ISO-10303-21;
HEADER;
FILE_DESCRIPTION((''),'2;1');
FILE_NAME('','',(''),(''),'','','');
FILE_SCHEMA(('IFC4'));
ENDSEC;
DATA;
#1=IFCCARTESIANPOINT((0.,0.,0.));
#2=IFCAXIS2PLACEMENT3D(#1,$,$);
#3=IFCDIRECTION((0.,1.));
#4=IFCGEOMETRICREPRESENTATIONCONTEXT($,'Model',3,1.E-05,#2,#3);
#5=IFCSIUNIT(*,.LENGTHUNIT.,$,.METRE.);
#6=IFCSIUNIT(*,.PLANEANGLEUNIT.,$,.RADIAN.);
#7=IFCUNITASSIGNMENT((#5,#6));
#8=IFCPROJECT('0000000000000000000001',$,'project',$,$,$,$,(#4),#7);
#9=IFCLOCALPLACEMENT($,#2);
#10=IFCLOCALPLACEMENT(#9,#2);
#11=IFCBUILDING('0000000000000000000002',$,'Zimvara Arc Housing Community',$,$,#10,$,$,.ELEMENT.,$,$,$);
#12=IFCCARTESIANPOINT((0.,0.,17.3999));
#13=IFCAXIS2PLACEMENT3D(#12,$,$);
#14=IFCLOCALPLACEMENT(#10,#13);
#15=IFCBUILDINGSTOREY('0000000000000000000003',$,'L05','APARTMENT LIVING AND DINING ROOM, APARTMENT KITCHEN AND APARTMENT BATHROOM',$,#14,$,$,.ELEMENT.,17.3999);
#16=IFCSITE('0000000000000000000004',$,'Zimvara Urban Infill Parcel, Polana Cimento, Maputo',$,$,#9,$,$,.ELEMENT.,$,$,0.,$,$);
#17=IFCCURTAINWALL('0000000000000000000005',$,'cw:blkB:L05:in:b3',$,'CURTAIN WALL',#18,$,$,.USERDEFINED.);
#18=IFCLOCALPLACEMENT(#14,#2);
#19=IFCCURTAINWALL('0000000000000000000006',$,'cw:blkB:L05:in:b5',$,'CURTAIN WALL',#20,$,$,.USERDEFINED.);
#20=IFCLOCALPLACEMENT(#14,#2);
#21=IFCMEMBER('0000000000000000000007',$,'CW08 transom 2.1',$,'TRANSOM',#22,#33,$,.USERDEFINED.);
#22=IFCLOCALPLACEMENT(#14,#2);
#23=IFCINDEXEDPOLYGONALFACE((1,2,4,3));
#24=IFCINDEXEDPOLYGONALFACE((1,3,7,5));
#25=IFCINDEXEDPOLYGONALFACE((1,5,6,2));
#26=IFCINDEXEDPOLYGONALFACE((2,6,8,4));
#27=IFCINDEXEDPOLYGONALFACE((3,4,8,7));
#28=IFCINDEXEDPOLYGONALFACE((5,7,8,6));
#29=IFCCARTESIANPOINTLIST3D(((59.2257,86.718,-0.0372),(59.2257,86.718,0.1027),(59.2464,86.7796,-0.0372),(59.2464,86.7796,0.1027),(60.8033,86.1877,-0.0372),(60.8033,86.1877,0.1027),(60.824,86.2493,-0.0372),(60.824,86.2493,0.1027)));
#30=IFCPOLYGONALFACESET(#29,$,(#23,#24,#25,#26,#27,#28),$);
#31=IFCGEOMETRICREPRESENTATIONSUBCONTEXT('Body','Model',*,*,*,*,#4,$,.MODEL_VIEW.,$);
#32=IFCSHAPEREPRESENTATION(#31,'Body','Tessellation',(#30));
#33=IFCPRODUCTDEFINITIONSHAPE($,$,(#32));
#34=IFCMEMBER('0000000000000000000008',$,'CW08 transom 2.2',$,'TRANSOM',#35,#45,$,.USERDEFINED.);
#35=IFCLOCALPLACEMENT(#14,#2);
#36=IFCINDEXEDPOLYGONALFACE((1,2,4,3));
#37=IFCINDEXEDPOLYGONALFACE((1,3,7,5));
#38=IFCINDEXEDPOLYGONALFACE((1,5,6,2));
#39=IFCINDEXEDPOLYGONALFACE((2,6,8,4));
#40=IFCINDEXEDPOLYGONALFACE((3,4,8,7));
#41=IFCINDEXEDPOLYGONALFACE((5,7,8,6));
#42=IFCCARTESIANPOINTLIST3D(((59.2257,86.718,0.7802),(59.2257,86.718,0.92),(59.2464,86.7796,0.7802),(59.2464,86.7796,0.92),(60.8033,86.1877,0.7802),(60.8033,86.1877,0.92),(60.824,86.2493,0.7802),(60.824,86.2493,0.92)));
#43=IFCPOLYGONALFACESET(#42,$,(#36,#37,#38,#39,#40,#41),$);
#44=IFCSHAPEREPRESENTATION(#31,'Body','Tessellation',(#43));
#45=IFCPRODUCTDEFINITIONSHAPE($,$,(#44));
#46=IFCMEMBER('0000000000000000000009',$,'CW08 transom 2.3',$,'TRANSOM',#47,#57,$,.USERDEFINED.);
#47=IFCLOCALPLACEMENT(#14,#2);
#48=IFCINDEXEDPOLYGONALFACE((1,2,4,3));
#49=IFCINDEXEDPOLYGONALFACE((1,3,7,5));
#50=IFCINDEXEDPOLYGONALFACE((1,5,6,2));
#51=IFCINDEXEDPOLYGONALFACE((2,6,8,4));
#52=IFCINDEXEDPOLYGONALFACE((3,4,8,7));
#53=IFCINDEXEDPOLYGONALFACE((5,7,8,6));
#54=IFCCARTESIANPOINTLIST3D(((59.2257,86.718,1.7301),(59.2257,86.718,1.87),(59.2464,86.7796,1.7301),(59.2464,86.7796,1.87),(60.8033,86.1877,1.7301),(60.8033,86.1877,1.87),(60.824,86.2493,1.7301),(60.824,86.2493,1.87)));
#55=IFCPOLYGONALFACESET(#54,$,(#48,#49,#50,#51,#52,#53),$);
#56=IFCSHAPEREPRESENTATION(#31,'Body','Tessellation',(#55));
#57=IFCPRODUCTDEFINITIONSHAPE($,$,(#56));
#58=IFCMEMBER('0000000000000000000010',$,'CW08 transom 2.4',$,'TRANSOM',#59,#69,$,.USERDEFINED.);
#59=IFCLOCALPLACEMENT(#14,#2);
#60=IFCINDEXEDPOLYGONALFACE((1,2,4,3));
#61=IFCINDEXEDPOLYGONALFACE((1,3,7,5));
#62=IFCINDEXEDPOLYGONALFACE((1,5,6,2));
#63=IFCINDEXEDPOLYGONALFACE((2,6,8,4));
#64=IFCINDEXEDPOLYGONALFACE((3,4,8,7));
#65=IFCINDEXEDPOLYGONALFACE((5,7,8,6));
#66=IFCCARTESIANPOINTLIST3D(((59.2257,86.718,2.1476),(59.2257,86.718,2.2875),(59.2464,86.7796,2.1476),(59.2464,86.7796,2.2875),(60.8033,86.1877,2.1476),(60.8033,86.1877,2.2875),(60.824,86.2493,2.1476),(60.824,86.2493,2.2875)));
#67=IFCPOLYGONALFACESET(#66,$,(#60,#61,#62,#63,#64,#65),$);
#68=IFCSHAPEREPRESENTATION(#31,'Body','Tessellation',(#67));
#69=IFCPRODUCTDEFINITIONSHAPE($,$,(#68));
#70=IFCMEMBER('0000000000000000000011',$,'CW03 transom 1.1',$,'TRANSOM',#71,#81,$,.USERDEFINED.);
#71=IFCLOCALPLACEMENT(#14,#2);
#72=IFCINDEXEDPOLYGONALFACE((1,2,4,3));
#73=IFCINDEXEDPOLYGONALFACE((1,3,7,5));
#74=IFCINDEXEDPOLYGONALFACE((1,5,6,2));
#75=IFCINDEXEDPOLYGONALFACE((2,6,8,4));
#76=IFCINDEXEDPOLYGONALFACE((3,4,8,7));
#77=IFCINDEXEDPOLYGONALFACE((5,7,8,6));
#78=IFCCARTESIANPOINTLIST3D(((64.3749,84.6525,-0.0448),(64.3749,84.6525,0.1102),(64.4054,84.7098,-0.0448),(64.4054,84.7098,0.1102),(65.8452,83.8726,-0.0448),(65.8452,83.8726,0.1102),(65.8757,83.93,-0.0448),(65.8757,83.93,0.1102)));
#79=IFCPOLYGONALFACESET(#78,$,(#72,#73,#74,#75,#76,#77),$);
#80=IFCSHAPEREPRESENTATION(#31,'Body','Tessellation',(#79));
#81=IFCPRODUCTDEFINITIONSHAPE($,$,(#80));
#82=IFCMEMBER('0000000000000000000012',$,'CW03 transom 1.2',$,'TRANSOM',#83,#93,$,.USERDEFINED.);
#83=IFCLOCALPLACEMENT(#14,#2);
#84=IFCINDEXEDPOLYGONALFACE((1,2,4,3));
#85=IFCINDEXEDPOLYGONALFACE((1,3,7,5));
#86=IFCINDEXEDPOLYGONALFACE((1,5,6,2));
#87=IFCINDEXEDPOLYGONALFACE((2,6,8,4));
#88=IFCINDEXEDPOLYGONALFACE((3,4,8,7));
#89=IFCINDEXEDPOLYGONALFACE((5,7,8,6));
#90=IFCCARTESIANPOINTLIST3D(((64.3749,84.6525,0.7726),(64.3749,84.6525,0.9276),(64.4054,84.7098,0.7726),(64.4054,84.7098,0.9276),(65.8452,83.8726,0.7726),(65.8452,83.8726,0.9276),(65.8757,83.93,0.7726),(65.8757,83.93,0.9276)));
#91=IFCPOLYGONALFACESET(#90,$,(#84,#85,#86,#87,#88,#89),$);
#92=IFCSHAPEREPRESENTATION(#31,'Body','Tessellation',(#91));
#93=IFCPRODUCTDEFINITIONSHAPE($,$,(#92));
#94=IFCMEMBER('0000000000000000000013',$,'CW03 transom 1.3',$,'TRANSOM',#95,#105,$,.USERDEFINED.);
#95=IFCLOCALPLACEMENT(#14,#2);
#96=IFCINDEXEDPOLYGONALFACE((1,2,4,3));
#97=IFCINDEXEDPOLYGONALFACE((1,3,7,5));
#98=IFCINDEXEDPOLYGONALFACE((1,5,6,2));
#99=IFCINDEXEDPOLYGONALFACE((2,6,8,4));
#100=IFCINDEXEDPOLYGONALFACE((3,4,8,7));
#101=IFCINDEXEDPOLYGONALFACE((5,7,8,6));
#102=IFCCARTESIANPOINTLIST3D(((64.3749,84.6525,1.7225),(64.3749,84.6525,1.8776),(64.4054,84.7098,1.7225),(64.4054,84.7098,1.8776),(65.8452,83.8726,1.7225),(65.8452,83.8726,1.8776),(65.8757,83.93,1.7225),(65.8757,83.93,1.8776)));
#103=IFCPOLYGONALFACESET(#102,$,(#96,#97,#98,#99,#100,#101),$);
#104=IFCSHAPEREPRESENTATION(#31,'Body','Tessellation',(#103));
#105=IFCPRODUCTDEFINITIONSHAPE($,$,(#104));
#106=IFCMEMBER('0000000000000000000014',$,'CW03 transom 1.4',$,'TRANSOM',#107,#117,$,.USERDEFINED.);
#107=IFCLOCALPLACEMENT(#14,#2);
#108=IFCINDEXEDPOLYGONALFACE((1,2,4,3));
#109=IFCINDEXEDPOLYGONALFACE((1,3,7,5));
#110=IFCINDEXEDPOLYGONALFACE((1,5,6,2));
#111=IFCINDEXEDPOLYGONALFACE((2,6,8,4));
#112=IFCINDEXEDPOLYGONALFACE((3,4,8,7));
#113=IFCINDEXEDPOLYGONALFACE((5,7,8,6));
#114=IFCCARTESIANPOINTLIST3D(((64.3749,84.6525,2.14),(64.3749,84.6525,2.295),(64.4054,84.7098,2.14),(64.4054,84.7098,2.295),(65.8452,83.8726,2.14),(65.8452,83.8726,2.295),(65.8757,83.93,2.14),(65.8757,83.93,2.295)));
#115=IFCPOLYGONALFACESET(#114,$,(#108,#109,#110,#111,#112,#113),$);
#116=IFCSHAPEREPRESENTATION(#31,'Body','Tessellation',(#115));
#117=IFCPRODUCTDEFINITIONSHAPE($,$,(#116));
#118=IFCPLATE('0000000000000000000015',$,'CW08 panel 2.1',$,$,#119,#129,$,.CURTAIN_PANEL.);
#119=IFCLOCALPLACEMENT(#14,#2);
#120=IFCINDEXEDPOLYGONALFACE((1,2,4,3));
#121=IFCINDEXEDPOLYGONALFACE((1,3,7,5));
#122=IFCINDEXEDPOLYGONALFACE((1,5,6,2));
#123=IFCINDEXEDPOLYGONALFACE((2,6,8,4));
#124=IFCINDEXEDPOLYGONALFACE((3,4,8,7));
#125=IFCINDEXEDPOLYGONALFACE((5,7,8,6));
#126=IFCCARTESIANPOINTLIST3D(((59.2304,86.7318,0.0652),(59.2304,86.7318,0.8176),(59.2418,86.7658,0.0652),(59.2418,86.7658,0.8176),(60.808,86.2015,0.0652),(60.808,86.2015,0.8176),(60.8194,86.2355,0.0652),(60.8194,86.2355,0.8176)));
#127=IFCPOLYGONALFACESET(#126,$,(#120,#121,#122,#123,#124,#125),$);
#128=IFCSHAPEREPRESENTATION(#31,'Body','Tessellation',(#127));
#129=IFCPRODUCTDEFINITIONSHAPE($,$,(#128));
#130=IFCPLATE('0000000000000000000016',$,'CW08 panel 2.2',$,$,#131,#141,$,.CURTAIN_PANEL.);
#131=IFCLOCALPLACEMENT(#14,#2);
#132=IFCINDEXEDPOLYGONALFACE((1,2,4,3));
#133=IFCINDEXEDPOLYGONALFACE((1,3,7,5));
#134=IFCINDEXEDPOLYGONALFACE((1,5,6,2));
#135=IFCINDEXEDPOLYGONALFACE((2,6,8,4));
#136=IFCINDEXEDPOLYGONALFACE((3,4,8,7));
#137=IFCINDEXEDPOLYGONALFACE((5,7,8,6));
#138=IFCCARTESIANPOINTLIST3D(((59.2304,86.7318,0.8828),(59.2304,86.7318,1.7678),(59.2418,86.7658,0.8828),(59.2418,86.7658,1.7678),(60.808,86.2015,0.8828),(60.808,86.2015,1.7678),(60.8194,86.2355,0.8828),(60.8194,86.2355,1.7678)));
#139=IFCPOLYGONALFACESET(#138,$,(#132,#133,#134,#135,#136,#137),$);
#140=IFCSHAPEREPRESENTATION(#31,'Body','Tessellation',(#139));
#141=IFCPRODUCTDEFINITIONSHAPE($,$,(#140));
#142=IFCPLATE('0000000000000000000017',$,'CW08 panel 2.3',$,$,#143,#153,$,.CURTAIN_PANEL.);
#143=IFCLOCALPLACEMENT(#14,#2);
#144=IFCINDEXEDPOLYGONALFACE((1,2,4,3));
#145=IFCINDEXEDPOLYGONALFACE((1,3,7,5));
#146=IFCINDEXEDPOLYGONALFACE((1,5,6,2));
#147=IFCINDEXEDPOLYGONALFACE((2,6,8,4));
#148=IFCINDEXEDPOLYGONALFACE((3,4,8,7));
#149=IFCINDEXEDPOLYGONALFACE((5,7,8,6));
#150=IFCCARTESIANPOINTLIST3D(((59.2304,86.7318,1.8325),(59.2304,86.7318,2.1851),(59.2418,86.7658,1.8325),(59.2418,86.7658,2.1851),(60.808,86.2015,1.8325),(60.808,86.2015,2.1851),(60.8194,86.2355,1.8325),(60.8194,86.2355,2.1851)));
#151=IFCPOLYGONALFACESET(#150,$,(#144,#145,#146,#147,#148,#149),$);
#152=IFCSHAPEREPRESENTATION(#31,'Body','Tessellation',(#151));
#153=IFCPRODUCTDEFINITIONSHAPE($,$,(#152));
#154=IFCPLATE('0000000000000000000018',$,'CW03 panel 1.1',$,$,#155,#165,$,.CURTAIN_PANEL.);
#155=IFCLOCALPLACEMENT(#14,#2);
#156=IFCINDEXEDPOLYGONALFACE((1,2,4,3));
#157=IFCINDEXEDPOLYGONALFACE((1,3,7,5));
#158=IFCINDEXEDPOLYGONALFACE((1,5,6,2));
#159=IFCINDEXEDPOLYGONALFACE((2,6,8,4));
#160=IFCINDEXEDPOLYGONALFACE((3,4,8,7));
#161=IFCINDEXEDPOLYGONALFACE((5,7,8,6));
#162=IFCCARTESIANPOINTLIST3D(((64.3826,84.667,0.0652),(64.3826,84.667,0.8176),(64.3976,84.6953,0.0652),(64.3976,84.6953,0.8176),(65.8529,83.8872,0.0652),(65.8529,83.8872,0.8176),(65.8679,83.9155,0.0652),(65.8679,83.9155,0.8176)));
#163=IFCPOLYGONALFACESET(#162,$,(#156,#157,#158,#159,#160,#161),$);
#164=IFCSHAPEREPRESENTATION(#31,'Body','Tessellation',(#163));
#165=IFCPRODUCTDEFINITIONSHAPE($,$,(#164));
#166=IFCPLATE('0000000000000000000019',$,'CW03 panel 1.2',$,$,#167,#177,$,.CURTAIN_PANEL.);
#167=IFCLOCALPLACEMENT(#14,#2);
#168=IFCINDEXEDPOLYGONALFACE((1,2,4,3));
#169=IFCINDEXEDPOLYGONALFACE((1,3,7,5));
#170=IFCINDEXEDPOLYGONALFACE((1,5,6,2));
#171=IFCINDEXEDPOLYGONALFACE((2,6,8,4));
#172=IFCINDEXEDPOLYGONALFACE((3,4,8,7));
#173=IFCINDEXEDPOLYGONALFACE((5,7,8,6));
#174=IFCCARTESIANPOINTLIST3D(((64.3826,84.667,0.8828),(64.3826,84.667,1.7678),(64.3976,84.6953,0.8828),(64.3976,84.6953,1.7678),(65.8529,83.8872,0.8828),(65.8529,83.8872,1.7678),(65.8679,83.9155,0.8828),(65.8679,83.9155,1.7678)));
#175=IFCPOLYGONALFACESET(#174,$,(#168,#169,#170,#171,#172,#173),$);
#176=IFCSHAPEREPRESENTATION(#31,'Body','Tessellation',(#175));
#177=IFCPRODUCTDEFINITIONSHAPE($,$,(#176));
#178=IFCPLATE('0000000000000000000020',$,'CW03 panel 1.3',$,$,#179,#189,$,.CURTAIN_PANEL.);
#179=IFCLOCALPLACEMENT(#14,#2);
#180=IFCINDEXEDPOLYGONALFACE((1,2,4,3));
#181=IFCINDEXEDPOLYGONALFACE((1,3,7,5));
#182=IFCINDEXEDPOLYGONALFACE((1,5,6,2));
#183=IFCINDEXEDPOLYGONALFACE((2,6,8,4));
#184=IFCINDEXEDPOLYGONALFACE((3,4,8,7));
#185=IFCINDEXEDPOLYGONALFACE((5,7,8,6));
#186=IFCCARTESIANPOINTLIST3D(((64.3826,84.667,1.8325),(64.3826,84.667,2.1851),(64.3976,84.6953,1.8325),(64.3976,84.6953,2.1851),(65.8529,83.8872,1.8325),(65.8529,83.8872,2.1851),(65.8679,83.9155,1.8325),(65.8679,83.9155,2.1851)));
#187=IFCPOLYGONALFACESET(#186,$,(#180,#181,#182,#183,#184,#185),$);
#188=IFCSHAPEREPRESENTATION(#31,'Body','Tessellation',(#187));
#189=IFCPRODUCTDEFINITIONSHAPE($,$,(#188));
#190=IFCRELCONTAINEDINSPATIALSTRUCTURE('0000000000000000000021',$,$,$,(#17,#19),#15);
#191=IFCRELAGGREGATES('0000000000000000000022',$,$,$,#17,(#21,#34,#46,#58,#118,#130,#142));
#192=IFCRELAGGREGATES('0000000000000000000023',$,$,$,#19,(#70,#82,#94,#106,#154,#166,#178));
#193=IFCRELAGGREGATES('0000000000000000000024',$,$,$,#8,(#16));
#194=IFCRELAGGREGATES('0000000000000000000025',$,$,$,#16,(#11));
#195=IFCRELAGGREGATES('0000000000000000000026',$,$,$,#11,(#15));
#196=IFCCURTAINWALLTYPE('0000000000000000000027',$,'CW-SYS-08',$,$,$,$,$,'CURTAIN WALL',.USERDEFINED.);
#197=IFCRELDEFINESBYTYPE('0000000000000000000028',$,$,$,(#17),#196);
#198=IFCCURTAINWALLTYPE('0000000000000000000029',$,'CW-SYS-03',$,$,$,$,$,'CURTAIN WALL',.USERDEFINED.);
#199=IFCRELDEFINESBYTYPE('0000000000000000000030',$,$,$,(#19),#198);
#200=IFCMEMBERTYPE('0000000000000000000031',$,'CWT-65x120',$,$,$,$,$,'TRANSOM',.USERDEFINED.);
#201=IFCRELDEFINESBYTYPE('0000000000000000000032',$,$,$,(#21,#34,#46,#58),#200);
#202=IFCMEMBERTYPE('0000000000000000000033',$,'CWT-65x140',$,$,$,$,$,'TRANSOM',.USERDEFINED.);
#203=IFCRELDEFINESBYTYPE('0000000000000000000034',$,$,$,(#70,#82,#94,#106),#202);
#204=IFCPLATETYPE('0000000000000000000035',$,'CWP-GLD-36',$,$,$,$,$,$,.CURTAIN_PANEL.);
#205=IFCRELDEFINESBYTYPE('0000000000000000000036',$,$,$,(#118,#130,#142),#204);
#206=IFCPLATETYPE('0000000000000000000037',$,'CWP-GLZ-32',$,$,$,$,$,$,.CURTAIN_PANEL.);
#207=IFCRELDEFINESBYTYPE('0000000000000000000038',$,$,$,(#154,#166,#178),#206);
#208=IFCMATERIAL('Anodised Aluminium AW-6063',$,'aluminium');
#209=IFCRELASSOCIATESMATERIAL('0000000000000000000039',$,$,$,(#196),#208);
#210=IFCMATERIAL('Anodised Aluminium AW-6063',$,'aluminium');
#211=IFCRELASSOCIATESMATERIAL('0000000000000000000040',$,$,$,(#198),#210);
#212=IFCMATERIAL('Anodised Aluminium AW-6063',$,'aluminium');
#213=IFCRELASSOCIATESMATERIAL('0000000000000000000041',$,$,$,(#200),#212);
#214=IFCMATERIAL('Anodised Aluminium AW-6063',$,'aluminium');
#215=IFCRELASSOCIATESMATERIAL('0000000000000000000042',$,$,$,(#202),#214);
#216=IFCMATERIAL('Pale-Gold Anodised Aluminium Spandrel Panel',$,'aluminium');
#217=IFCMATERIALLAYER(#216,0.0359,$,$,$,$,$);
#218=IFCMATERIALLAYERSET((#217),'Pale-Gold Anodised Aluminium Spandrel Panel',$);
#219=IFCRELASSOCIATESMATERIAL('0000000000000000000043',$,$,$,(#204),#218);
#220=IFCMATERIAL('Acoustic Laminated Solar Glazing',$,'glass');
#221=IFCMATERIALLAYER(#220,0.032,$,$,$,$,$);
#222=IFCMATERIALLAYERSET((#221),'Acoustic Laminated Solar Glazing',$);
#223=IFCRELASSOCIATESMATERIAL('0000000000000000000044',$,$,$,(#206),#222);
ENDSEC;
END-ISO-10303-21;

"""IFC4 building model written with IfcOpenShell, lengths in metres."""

from ifc_helpers import new_model, si_unit, direction, frame, origin, origin_2d, place, context, subcontext, project, spatial, rectangle, extrude, material, layer, layer_set, material_profile, profile_set, type_object, element, aggregate, save


model = new_model("IFC4")

# Units and contexts
model_context = context("Model", 3, precision=1e-05, world=origin(), true_north=direction((0.0, 1.0)))
body_context = subcontext(model_context, "Body", "Model", "MODEL_VIEW")
ifc_project = project(units=[si_unit("LENGTHUNIT", "METRE"), si_unit("PLANEANGLEUNIT", "RADIAN")], contexts=[model_context])

# Site, building, storey
site_placement = place(None, origin())
site = spatial("IfcSite", under=ifc_project, at=site_placement, Name="Zimvara Urban Infill Parcel, Polana Cimento, Maputo", CompositionType="ELEMENT", RefElevation=0.0)
building_placement = place(site_placement, origin())
building = spatial("IfcBuilding", under=site, at=building_placement, Name="Zimvara Arc Housing Community", CompositionType="ELEMENT")
storey_placement = place(building_placement, frame((0.0, 0.0, 17.3999)))
storey = spatial("IfcBuildingStorey", under=building, at=storey_placement, Name="L05", Description="APARTMENT LIVING AND DINING ROOM, APARTMENT KITCHEN AND APARTMENT BATHROOM", CompositionType="ELEMENT", Elevation=17.3999)

# Curtain wall
ifc_material_1 = material(Name="Anodised Aluminium AW-6063", Category="aluminium")
curtain_wall_type_1 = type_object("IfcCurtainWallType", Name="CW-SYS-08", ElementType="CURTAIN WALL", PredefinedType="USERDEFINED", material=ifc_material_1)
curtain_wall_1_placement = place(storey_placement, origin())
curtain_wall_1 = element("IfcCurtainWall", 1, at=curtain_wall_1_placement, inside=storey, type_object=curtain_wall_type_1, Name="cw:blkB:L05:in:b3", ObjectType="CURTAIN WALL", PredefinedType="USERDEFINED")

# Curtain wall
ifc_material_2 = material(Name="Anodised Aluminium AW-6063", Category="aluminium")
curtain_wall_type_2 = type_object("IfcCurtainWallType", Name="CW-SYS-03", ElementType="CURTAIN WALL", PredefinedType="USERDEFINED", material=ifc_material_2)
curtain_wall_2_placement = place(storey_placement, origin())
curtain_wall_2 = element("IfcCurtainWall", 2, at=curtain_wall_2_placement, inside=storey, type_object=curtain_wall_type_2, Name="cw:blkB:L05:in:b5", ObjectType="CURTAIN WALL", PredefinedType="USERDEFINED")

# Members
ifc_material_3 = material(Name="Anodised Aluminium AW-6063", Category="aluminium")
ifc_material_profile_1 = material_profile(ifc_material_3, rectangle(XDim=0.0649, YDim=0.1399, at=origin_2d()), Name="ALU 65x140")
ifc_profile_set_1 = profile_set([ifc_material_profile_1], Name="Anodised Aluminium AW-6063")
member_type_1 = type_object("IfcMemberType", Name="CWT-65x120", ElementType="TRANSOM", PredefinedType="USERDEFINED", material=ifc_profile_set_1)
member_1_placement = place(storey_placement, frame((59.2361, 86.7488, 0.0327), z_axis=(0.947888, -0.318603, 0.0), x_axis=(0.318603, 0.947888, 0.0)))
member_1 = element("IfcMember", 3, at=member_1_placement, type_object=member_type_1, Name="CW08 transom 2.1", ObjectType="TRANSOM", PredefinedType="USERDEFINED", context=body_context, shape_type="SweptSolid", body=[
    extrude(rectangle(XDim=0.0649, YDim=0.1399, at=origin_2d()), origin(), (0.0, 0.0, 1.0), 1.6643),
])
member_2_placement = place(storey_placement, frame((59.2361, 86.7488, 0.8501), z_axis=(0.947888, -0.318603, 0.0), x_axis=(0.318603, 0.947888, 0.0)))
member_2 = element("IfcMember", 4, at=member_2_placement, type_object=member_type_1, Name="CW08 transom 2.2", ObjectType="TRANSOM", PredefinedType="USERDEFINED", context=body_context, shape_type="SweptSolid", body=[
    extrude(rectangle(XDim=0.0649, YDim=0.1399, at=origin_2d()), origin(), (0.0, 0.0, 1.0), 1.6643),
])
member_3_placement = place(storey_placement, frame((59.2361, 86.7488, 1.8), z_axis=(0.947888, -0.318603, 0.0), x_axis=(0.318603, 0.947888, 0.0)))
member_3 = element("IfcMember", 5, at=member_3_placement, type_object=member_type_1, Name="CW08 transom 2.3", ObjectType="TRANSOM", PredefinedType="USERDEFINED", context=body_context, shape_type="SweptSolid", body=[
    extrude(rectangle(XDim=0.0649, YDim=0.1399, at=origin_2d()), origin(), (0.0, 0.0, 1.0), 1.6643),
])
member_4_placement = place(storey_placement, frame((59.2361, 86.7488, 2.2175), z_axis=(0.947888, -0.318603, 0.0), x_axis=(0.318603, 0.947888, 0.0)))
member_4 = element("IfcMember", 6, at=member_4_placement, type_object=member_type_1, Name="CW08 transom 2.4", ObjectType="TRANSOM", PredefinedType="USERDEFINED", context=body_context, shape_type="SweptSolid", body=[
    extrude(rectangle(XDim=0.0649, YDim=0.1399, at=origin_2d()), origin(), (0.0, 0.0, 1.0), 1.6643),
])
ifc_material_4 = material(Name="Anodised Aluminium AW-6063", Category="aluminium")
ifc_material_profile_2 = material_profile(ifc_material_4, rectangle(XDim=0.0649, YDim=0.155, at=origin_2d()), Name="ALU 65x155")
ifc_profile_set_2 = profile_set([ifc_material_profile_2], Name="Anodised Aluminium AW-6063")
member_type_2 = type_object("IfcMemberType", Name="CWT-65x140", ElementType="TRANSOM", PredefinedType="USERDEFINED", material=ifc_profile_set_2)
member_5_placement = place(storey_placement, frame((64.3901, 84.6812, 0.0327), z_axis=(0.883431, -0.468562, 0.0), x_axis=(0.468562, 0.883431, 0.0)))
member_5 = element("IfcMember", 7, at=member_5_placement, type_object=member_type_2, Name="CW03 transom 1.1", ObjectType="TRANSOM", PredefinedType="USERDEFINED", context=body_context, shape_type="SweptSolid", body=[
    extrude(rectangle(XDim=0.0649, YDim=0.155, at=origin_2d()), origin(), (0.0, 0.0, 1.0), 1.6643),
])
member_6_placement = place(storey_placement, frame((64.3901, 84.6812, 0.8501), z_axis=(0.883431, -0.468562, 0.0), x_axis=(0.468562, 0.883431, 0.0)))
member_6 = element("IfcMember", 8, at=member_6_placement, type_object=member_type_2, Name="CW03 transom 1.2", ObjectType="TRANSOM", PredefinedType="USERDEFINED", context=body_context, shape_type="SweptSolid", body=[
    extrude(rectangle(XDim=0.0649, YDim=0.155, at=origin_2d()), origin(), (0.0, 0.0, 1.0), 1.6643),
])
member_7_placement = place(storey_placement, frame((64.3901, 84.6812, 1.8), z_axis=(0.883431, -0.468562, 0.0), x_axis=(0.468562, 0.883431, 0.0)))
member_7 = element("IfcMember", 9, at=member_7_placement, type_object=member_type_2, Name="CW03 transom 1.3", ObjectType="TRANSOM", PredefinedType="USERDEFINED", context=body_context, shape_type="SweptSolid", body=[
    extrude(rectangle(XDim=0.0649, YDim=0.155, at=origin_2d()), origin(), (0.0, 0.0, 1.0), 1.6643),
])
member_8_placement = place(storey_placement, frame((64.3901, 84.6812, 2.2175), z_axis=(0.883431, -0.468562, 0.0), x_axis=(0.468562, 0.883431, 0.0)))
member_8 = element("IfcMember", 10, at=member_8_placement, type_object=member_type_2, Name="CW03 transom 1.4", ObjectType="TRANSOM", PredefinedType="USERDEFINED", context=body_context, shape_type="SweptSolid", body=[
    extrude(rectangle(XDim=0.0649, YDim=0.155, at=origin_2d()), origin(), (0.0, 0.0, 1.0), 1.6643),
])

# Plates
ifc_material_5 = material(Name="Pale-Gold Anodised Aluminium Spandrel Panel", Category="aluminium")
ifc_layer_1 = layer(ifc_material_5, 0.0359)
ifc_layer_set_1 = layer_set([ifc_layer_1], Name="Pale-Gold Anodised Aluminium Spandrel Panel")
plate_type_1 = type_object("IfcPlateType", Name="CWP-GLD-36", PredefinedType="CURTAIN_PANEL", material=ifc_layer_set_1)
plate_1_placement = place(storey_placement, frame((60.0249, 86.4836, 0.0652), z_axis=(0.0, 0.0, 1.0), x_axis=(0.947879, -0.31863, 0.0)))
plate_1 = element("IfcPlate", 11, at=plate_1_placement, type_object=plate_type_1, Name="CW08 panel 2.1", PredefinedType="CURTAIN_PANEL", context=body_context, shape_type="SweptSolid", body=[
    extrude(rectangle(XDim=1.6643, YDim=0.0359, at=origin_2d()), origin(), (0.0, 0.0, 1.0), 0.7524),
])
plate_2_placement = place(storey_placement, frame((60.0249, 86.4836, 0.8828), z_axis=(0.0, 0.0, 1.0), x_axis=(0.947879, -0.31863, 0.0)))
plate_2 = element("IfcPlate", 12, at=plate_2_placement, type_object=plate_type_1, Name="CW08 panel 2.2", PredefinedType="CURTAIN_PANEL", context=body_context, shape_type="SweptSolid", body=[
    extrude(rectangle(XDim=1.6643, YDim=0.0359, at=origin_2d()), origin(), (0.0, 0.0, 1.0), 0.885),
])
plate_3_placement = place(storey_placement, frame((60.0249, 86.4836, 1.8325), z_axis=(0.0, 0.0, 1.0), x_axis=(0.947879, -0.31863, 0.0)))
plate_3 = element("IfcPlate", 13, at=plate_3_placement, type_object=plate_type_1, Name="CW08 panel 2.3", PredefinedType="CURTAIN_PANEL", context=body_context, shape_type="SweptSolid", body=[
    extrude(rectangle(XDim=1.6643, YDim=0.0359, at=origin_2d()), origin(), (0.0, 0.0, 1.0), 0.3525),
])
aggregate(curtain_wall_1, [member_1, member_2, member_3, member_4, plate_1, plate_2, plate_3])
ifc_material_6 = material(Name="Acoustic Laminated Solar Glazing", Category="glass")
ifc_layer_2 = layer(ifc_material_6, 0.032)
ifc_layer_set_2 = layer_set([ifc_layer_2], Name="Acoustic Laminated Solar Glazing")
plate_type_2 = type_object("IfcPlateType", Name="CWP-GLZ-32", PredefinedType="CURTAIN_PANEL", material=ifc_layer_set_2)
plate_4_placement = place(storey_placement, frame((65.1252, 84.2913, 0.0652), z_axis=(0.0, 0.0, 1.0), x_axis=(0.88344, -0.468545, 0.0)))
plate_4 = element("IfcPlate", 14, at=plate_4_placement, type_object=plate_type_2, Name="CW03 panel 1.1", PredefinedType="CURTAIN_PANEL", context=body_context, shape_type="SweptSolid", body=[
    extrude(rectangle(XDim=1.6643, YDim=0.032, at=origin_2d()), origin(), (0.0, 0.0, 1.0), 0.7524),
])
plate_5_placement = place(storey_placement, frame((65.1252, 84.2913, 0.8828), z_axis=(0.0, 0.0, 1.0), x_axis=(0.88344, -0.468545, 0.0)))
plate_5 = element("IfcPlate", 15, at=plate_5_placement, type_object=plate_type_2, Name="CW03 panel 1.2", PredefinedType="CURTAIN_PANEL", context=body_context, shape_type="SweptSolid", body=[
    extrude(rectangle(XDim=1.6643, YDim=0.032, at=origin_2d()), origin(), (0.0, 0.0, 1.0), 0.885),
])
plate_6_placement = place(storey_placement, frame((65.1252, 84.2913, 1.8325), z_axis=(0.0, 0.0, 1.0), x_axis=(0.88344, -0.468545, 0.0)))
plate_6 = element("IfcPlate", 16, at=plate_6_placement, type_object=plate_type_2, Name="CW03 panel 1.3", PredefinedType="CURTAIN_PANEL", context=body_context, shape_type="SweptSolid", body=[
    extrude(rectangle(XDim=1.6643, YDim=0.032, at=origin_2d()), origin(), (0.0, 0.0, 1.0), 0.3525),
])
aggregate(curtain_wall_2, [member_5, member_6, member_7, member_8, plate_4, plate_5, plate_6])

save(model, "model.ifc")
